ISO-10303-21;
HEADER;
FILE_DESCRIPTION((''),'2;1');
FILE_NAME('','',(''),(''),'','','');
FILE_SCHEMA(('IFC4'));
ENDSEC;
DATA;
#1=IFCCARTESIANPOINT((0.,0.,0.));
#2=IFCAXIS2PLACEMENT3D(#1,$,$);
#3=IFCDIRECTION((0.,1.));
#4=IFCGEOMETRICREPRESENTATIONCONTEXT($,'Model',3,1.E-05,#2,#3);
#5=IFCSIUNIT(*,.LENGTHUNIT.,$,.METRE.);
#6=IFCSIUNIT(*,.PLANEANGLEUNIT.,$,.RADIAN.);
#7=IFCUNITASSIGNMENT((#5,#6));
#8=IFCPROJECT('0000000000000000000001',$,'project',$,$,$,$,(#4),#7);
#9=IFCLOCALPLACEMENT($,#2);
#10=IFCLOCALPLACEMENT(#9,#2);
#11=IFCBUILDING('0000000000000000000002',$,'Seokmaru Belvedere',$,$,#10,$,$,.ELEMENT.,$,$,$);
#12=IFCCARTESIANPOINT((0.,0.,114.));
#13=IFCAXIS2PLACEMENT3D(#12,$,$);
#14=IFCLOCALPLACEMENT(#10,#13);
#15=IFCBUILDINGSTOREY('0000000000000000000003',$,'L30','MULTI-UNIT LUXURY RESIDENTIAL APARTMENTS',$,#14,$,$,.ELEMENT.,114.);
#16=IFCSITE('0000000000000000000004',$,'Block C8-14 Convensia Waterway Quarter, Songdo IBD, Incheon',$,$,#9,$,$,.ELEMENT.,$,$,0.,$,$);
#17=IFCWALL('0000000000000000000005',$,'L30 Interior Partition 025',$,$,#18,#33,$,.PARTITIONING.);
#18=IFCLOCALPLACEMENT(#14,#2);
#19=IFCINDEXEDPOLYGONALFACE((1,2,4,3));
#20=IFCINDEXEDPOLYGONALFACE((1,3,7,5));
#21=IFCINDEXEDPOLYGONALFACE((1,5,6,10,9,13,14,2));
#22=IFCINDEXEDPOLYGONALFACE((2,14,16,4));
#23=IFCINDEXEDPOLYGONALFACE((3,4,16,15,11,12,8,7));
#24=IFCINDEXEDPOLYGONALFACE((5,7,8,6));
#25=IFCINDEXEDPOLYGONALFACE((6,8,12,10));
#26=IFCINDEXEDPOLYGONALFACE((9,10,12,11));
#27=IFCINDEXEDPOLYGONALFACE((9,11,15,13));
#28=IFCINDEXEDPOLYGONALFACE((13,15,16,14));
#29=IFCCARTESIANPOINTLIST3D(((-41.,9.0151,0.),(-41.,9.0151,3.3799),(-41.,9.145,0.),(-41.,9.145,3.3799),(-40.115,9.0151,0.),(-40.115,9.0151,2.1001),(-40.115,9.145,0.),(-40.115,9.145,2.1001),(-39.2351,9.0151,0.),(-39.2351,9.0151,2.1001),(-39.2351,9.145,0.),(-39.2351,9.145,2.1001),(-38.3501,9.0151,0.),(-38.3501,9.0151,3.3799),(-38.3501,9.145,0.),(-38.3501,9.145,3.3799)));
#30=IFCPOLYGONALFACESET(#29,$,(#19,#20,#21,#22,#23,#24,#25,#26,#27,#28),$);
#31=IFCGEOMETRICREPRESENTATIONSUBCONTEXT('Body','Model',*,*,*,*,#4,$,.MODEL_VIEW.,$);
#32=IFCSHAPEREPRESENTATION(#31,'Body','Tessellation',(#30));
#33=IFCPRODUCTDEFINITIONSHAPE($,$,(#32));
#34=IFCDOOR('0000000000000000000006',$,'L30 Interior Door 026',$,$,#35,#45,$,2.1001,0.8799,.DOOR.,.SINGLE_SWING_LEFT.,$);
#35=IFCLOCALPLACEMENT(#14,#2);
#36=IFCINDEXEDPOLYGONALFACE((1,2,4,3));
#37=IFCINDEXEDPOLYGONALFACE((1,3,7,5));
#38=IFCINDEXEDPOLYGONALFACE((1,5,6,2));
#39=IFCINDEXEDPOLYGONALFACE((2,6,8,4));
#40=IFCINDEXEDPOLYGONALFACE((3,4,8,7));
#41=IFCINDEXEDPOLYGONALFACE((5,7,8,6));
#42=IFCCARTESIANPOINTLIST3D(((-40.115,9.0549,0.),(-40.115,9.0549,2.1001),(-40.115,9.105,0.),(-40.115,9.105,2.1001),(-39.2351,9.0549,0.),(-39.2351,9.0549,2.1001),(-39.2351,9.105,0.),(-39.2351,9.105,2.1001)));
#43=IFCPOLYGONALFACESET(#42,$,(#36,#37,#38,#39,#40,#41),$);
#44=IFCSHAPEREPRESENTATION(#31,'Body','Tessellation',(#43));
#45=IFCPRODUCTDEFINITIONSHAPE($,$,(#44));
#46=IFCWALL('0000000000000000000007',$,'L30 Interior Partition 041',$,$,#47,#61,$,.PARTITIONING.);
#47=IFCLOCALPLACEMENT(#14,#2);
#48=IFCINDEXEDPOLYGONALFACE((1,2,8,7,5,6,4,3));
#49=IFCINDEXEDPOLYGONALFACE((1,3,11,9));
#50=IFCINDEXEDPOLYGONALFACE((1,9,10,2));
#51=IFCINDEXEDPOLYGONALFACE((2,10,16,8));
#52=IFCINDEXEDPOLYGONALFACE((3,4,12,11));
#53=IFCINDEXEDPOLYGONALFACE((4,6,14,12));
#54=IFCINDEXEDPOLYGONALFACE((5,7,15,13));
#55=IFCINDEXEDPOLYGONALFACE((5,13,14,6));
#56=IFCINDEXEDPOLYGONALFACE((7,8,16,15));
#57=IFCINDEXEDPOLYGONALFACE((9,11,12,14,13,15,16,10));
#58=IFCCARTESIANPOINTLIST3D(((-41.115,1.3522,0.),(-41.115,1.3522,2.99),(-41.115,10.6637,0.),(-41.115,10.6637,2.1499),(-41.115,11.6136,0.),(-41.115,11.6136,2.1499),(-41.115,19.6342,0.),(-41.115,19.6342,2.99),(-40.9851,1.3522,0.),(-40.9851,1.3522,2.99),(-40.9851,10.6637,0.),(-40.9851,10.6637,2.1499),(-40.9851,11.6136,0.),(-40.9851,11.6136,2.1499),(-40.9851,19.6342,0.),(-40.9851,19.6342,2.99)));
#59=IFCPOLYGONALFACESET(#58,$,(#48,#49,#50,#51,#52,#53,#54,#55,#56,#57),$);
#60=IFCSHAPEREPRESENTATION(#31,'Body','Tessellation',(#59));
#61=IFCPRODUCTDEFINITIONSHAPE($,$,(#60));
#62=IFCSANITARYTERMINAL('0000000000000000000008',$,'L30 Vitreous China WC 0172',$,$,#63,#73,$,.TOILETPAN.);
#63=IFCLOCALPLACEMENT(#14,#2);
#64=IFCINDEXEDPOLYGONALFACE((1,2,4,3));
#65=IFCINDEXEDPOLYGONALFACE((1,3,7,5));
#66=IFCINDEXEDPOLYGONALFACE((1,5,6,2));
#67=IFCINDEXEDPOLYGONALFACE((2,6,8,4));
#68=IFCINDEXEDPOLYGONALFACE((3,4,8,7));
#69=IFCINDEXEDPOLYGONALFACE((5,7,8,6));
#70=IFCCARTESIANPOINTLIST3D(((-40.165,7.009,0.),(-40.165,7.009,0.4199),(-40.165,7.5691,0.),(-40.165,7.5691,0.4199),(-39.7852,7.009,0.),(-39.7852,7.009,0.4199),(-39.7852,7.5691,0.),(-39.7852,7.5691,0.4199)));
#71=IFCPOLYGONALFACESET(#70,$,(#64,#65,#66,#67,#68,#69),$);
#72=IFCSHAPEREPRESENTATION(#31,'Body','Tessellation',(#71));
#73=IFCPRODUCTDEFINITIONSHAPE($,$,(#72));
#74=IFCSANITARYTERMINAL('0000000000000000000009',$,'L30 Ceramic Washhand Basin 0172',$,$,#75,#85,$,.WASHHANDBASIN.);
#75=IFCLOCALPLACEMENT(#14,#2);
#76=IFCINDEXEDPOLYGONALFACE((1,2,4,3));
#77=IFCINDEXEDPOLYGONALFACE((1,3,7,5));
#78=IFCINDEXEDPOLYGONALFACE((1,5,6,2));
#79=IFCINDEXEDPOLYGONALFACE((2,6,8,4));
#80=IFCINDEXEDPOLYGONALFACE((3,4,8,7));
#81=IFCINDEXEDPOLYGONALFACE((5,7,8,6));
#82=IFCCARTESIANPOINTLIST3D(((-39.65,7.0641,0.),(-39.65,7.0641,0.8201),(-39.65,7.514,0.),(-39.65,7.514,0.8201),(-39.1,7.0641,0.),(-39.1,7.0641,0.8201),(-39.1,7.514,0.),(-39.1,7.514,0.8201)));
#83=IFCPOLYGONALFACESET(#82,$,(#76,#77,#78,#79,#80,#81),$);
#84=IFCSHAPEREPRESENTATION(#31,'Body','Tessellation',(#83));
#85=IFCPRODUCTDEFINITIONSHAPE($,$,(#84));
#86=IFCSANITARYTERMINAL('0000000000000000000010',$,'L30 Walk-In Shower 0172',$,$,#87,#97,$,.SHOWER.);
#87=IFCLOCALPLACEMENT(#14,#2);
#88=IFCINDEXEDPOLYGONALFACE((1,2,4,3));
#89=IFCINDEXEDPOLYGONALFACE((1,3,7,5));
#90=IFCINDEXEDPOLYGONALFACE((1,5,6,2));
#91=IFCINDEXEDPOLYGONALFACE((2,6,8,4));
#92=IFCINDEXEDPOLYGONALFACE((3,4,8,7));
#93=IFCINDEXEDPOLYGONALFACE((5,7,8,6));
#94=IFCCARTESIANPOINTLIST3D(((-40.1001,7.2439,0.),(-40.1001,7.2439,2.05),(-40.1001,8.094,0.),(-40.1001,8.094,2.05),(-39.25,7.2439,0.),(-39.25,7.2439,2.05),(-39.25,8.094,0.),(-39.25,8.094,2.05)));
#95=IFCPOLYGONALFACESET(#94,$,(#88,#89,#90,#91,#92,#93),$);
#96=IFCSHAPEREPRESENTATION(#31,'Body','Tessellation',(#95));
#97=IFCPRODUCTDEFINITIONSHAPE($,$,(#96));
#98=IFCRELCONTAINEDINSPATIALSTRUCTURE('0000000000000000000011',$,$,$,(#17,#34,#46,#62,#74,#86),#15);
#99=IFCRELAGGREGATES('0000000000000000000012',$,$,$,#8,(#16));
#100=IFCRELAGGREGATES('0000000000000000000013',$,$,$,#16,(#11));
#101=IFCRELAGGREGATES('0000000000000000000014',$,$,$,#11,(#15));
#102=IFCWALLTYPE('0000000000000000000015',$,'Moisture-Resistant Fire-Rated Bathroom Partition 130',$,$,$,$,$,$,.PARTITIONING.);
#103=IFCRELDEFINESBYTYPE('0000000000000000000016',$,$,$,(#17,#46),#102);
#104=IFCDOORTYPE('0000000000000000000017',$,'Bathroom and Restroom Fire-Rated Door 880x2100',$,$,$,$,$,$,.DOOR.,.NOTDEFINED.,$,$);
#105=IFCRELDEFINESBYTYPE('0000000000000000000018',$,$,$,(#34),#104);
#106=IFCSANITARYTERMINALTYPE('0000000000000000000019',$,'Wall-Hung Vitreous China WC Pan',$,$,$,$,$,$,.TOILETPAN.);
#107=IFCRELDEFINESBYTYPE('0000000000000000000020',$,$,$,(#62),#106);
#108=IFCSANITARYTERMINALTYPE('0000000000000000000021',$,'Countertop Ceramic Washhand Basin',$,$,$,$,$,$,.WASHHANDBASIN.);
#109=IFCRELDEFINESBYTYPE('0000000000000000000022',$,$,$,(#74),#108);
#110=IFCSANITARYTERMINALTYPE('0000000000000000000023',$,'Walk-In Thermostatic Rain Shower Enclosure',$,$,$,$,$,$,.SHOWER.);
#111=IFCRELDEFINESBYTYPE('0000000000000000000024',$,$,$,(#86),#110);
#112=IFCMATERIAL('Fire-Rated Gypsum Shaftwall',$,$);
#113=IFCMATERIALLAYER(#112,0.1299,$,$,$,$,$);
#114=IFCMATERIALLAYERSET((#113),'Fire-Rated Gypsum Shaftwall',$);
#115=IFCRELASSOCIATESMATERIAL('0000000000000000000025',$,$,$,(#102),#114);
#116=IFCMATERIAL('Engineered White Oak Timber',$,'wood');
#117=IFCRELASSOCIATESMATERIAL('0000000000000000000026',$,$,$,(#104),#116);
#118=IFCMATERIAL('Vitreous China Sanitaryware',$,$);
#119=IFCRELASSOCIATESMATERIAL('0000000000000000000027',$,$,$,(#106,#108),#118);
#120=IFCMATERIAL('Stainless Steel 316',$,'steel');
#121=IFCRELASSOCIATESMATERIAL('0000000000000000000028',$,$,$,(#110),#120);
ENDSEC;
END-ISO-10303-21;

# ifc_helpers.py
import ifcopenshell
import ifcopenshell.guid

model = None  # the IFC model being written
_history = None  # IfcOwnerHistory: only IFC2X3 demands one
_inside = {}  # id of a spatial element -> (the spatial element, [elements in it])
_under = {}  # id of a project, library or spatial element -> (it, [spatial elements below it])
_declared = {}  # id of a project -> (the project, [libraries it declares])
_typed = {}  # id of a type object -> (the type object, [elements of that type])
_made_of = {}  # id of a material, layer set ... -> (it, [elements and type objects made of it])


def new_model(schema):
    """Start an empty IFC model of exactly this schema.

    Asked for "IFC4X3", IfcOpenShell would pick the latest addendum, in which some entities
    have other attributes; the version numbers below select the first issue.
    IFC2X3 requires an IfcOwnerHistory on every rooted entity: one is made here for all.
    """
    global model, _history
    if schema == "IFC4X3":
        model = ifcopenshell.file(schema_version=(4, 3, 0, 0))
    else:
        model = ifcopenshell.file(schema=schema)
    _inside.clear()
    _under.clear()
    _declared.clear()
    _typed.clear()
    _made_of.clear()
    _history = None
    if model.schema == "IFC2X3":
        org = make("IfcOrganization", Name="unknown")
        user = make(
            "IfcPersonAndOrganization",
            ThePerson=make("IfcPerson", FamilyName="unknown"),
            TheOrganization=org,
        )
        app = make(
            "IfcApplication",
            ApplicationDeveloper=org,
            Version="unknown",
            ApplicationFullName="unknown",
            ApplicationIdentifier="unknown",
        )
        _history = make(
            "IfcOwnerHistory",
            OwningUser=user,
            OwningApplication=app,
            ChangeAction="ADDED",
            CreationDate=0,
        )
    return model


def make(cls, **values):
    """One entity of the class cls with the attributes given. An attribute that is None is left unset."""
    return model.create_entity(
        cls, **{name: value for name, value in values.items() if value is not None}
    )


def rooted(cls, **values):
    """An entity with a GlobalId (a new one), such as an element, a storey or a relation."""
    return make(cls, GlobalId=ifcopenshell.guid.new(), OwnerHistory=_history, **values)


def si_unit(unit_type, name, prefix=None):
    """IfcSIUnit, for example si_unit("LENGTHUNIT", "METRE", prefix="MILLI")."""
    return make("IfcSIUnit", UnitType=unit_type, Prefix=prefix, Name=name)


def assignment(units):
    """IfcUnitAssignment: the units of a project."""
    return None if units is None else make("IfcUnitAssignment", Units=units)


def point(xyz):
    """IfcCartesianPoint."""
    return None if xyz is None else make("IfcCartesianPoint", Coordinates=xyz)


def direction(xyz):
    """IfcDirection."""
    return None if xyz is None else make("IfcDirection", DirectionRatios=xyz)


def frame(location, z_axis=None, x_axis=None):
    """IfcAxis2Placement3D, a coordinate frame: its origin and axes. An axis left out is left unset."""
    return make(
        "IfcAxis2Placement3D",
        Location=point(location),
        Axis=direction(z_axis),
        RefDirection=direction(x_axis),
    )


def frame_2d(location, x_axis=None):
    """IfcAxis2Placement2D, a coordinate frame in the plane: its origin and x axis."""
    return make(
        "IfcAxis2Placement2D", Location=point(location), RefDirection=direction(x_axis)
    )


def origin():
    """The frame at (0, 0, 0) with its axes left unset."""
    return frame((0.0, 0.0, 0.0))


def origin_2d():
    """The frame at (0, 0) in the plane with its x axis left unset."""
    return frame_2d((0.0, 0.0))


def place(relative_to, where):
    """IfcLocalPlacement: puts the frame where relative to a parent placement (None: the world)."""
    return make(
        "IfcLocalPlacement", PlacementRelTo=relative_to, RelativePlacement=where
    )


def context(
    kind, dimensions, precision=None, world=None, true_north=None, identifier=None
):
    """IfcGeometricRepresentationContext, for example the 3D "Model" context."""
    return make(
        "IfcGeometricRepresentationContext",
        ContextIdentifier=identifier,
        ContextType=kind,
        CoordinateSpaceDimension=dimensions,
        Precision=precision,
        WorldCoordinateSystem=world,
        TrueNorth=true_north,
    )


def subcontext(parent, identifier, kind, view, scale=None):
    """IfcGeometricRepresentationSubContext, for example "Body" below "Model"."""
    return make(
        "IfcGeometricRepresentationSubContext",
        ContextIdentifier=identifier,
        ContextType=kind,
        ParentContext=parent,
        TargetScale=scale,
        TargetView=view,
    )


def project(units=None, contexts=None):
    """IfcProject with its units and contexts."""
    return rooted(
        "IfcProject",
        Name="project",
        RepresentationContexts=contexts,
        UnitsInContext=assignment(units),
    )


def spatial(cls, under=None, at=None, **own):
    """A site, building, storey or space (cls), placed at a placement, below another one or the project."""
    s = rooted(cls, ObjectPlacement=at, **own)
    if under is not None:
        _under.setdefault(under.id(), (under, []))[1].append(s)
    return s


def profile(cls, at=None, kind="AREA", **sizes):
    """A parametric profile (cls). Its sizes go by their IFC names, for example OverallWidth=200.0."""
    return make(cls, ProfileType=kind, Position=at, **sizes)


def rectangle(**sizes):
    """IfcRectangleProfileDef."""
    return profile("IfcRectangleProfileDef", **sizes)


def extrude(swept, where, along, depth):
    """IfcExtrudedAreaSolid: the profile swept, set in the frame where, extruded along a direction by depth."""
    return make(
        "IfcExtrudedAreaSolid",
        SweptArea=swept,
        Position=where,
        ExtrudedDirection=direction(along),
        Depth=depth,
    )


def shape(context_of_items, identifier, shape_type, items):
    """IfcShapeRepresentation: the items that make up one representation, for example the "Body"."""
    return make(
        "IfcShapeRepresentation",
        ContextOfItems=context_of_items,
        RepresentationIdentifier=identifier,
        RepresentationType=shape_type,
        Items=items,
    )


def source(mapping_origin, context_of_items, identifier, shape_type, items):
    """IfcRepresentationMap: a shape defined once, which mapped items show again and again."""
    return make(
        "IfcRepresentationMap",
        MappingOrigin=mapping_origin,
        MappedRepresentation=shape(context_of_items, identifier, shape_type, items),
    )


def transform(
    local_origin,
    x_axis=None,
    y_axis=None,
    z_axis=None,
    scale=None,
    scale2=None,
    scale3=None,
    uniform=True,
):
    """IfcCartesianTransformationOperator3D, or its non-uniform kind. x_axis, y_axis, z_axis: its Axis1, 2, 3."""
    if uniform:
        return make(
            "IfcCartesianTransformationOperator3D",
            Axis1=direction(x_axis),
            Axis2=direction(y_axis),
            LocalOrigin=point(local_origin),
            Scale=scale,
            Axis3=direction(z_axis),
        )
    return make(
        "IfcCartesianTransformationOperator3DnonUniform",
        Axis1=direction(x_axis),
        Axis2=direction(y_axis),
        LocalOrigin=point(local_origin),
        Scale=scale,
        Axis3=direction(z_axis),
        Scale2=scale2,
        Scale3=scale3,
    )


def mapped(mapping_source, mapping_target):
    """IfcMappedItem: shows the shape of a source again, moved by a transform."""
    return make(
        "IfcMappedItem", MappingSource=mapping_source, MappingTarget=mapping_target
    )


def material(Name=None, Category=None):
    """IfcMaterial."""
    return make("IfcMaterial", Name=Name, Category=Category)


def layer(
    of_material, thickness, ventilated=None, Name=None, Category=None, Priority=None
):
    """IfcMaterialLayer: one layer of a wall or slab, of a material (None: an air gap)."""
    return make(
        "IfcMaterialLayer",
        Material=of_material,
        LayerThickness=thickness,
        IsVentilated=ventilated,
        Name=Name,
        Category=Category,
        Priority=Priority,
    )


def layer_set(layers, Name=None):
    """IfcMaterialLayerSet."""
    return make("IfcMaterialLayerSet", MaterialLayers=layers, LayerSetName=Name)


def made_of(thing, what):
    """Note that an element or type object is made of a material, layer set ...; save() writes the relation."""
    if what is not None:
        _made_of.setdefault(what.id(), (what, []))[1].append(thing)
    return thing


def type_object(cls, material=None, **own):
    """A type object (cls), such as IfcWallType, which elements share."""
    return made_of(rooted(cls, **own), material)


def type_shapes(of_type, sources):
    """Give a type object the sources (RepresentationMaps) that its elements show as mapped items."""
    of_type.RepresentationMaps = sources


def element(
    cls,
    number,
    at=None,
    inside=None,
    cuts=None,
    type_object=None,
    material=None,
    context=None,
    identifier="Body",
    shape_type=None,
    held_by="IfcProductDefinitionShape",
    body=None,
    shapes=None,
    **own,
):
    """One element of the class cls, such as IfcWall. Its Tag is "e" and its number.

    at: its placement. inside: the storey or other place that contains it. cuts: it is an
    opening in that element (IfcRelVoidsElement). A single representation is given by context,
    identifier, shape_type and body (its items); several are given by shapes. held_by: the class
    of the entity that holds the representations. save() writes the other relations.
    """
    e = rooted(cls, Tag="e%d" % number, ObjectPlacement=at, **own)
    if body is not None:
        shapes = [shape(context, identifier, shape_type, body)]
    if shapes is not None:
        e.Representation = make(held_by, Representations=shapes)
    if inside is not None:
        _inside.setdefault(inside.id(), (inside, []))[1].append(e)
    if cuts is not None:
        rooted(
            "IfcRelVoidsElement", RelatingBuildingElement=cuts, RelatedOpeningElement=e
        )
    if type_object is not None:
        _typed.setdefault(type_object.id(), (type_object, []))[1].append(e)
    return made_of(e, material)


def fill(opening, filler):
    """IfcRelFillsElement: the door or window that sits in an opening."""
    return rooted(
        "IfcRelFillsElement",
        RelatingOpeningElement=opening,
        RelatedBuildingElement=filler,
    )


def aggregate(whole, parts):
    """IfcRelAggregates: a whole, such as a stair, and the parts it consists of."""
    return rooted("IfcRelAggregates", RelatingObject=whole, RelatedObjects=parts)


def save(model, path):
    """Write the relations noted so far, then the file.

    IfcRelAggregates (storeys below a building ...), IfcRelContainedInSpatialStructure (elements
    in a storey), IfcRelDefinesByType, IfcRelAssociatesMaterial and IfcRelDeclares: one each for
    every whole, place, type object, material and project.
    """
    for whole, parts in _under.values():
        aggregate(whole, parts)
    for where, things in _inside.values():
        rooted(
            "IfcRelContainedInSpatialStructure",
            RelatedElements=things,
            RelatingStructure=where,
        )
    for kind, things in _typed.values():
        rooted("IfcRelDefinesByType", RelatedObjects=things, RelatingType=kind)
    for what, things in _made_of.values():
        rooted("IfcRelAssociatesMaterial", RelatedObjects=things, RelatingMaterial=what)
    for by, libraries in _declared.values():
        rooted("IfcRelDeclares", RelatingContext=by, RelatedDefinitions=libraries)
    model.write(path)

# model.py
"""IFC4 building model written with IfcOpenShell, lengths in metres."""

from ifc_helpers import new_model, si_unit, direction, frame, frame_2d, origin, origin_2d, place, context, subcontext, project, spatial, rectangle, extrude, source, transform, mapped, material, layer, layer_set, type_object, type_shapes, element, fill, save


model = new_model("IFC4")

# Units and contexts
model_context = context("Model", 3, precision=1e-05, world=origin(), true_north=direction((0.0, 1.0)))
body_context = subcontext(model_context, "Body", "Model", "MODEL_VIEW")
ifc_project = project(units=[si_unit("LENGTHUNIT", "METRE"), si_unit("PLANEANGLEUNIT", "RADIAN")], contexts=[model_context])

# Site, building, storey
site_placement = place(None, origin())
site = spatial("IfcSite", under=ifc_project, at=site_placement, Name="Block C8-14 Convensia Waterway Quarter, Songdo IBD, Incheon", CompositionType="ELEMENT", RefElevation=0.0)
building_placement = place(site_placement, origin())
building = spatial("IfcBuilding", under=site, at=building_placement, Name="Seokmaru Belvedere", CompositionType="ELEMENT")
storey_placement = place(building_placement, frame((0.0, 0.0, 114.0)))
storey = spatial("IfcBuildingStorey", under=building, at=storey_placement, Name="L30", Description="MULTI-UNIT LUXURY RESIDENTIAL APARTMENTS", CompositionType="ELEMENT", Elevation=114.0)

# Shared definitions
ifc_material_1 = material(Name="Fire-Rated Gypsum Shaftwall")
ifc_material_2 = material(Name="Engineered White Oak Timber", Category="wood")

# Wall, opening, door
ifc_layer_1 = layer(ifc_material_1, 0.1299)
ifc_layer_set_1 = layer_set([ifc_layer_1], Name="Fire-Rated Gypsum Shaftwall")
wall_type_1 = type_object("IfcWallType", Name="Moisture-Resistant Fire-Rated Bathroom Partition 130", PredefinedType="PARTITIONING", material=ifc_layer_set_1)
wall_1_placement = place(storey_placement, frame((-41.0, 9.0801, 0.0), z_axis=(0.0, 0.0, 1.0), x_axis=(1.0, 0.0, 0.0)))
wall_1 = element("IfcWall", 1, at=wall_1_placement, inside=storey, type_object=wall_type_1, Name="L30 Interior Partition 025", PredefinedType="PARTITIONING", context=body_context, shape_type="SweptSolid", body=[
    extrude(rectangle(XDim=2.6499, YDim=0.1299, at=frame_2d((1.325, 0.0))), origin(), (0.0, 0.0, 1.0), 3.3799),
])
opening_1_placement = place(wall_1_placement, frame((0.885, 0.0, 0.0)))
opening_1 = element("IfcOpeningElement", 2, at=opening_1_placement, cuts=wall_1, PredefinedType="OPENING", context=body_context, shape_type="SweptSolid", body=[
    extrude(rectangle(XDim=0.8799, YDim=2.1001, at=frame_2d((0.4399, 1.05))), frame((0.0, 0.075, 0.0), z_axis=(0.0, -1.0, 0.0), x_axis=(1.0, 0.0, 0.0)), (0.0, 0.0, 1.0), 0.1499),
])
door_type_1 = type_object("IfcDoorType", Name="Bathroom and Restroom Fire-Rated Door 880x2100", OperationType="NOTDEFINED", PredefinedType="DOOR", material=ifc_material_2)
shared_shape_1 = source(origin(), body_context, "Body", "SweptSolid", [
    extrude(rectangle(XDim=0.8799, YDim=2.1001, at=frame_2d((0.4399, 1.05))), frame((0.0, 0.0249, 0.0), z_axis=(0.0, -1.0, 0.0), x_axis=(1.0, 0.0, 0.0)), (0.0, 0.0, 1.0), 0.05),
])
type_shapes(door_type_1, [shared_shape_1])
door_1_placement = place(opening_1_placement, origin())
door_1 = element("IfcDoor", 3, at=door_1_placement, inside=storey, type_object=door_type_1, Name="L30 Interior Door 026", OperationType="SINGLE_SWING_LEFT", OverallHeight=2.1001, OverallWidth=0.8799, PredefinedType="DOOR", context=body_context, shape_type="MappedRepresentation", body=[
    mapped(shared_shape_1, transform((0.0, 0.0, 0.0), scale=1.0)),
])
fill(opening_1, door_1)

# Wall, opening
wall_2_placement = place(storey_placement, frame((-41.05, 1.3521, 0.0), z_axis=(0.0, 0.0, 1.0), x_axis=(0.0, 1.0, 0.0)))
wall_2 = element("IfcWall", 4, at=wall_2_placement, inside=storey, type_object=wall_type_1, Name="L30 Interior Partition 041", PredefinedType="PARTITIONING", context=body_context, shape_type="SweptSolid", body=[
    extrude(rectangle(XDim=18.282, YDim=0.1299, at=frame_2d((9.1411, 0.0))), origin(), (0.0, 0.0, 1.0), 2.99),
])
opening_2_placement = place(wall_2_placement, frame((9.3115, 0.0, 0.0)))
element("IfcOpeningElement", 5, at=opening_2_placement, cuts=wall_2, PredefinedType="OPENING", context=body_context, shape_type="SweptSolid", body=[
    extrude(rectangle(XDim=0.95, YDim=2.1499, at=frame_2d((0.4751, 1.075))), frame((0.0, 0.075, 0.0), z_axis=(0.0, -1.0, 0.0), x_axis=(1.0, 0.0, 0.0)), (0.0, 0.0, 1.0), 0.1499),
])

# Sanitary terminals
ifc_material_3 = material(Name="Vitreous China Sanitaryware")
sanitary_terminal_type_1 = type_object("IfcSanitaryTerminalType", Name="Wall-Hung Vitreous China WC Pan", PredefinedType="TOILETPAN", material=ifc_material_3)
shared_shape_2 = source(origin(), body_context, "Body", "SweptSolid", [
    extrude(rectangle(XDim=0.3799, YDim=0.5601, at=origin_2d()), origin(), (0.0, 0.0, 1.0), 0.4199),
])
type_shapes(sanitary_terminal_type_1, [shared_shape_2])
sanitary_terminal_1_placement = place(storey_placement, frame((-39.9751, 7.2891, 0.0), z_axis=(0.0, 0.0, 1.0), x_axis=(1.0, 0.0, 0.0)))
element("IfcSanitaryTerminal", 6, at=sanitary_terminal_1_placement, inside=storey, type_object=sanitary_terminal_type_1, Name="L30 Vitreous China WC 0172", PredefinedType="TOILETPAN", context=body_context, shape_type="MappedRepresentation", body=[
    mapped(shared_shape_2, transform((0.0, 0.0, 0.0), scale=1.0)),
])
sanitary_terminal_type_2 = type_object("IfcSanitaryTerminalType", Name="Countertop Ceramic Washhand Basin", PredefinedType="WASHHANDBASIN", material=ifc_material_3)
shared_shape_3 = source(origin(), body_context, "Body", "SweptSolid", [
    extrude(rectangle(XDim=0.55, YDim=0.45, at=origin_2d()), origin(), (0.0, 0.0, 1.0), 0.8201),
])
type_shapes(sanitary_terminal_type_2, [shared_shape_3])
sanitary_terminal_2_placement = place(storey_placement, frame((-39.375, 7.2891, 0.0), z_axis=(0.0, 0.0, 1.0), x_axis=(1.0, 0.0, 0.0)))
element("IfcSanitaryTerminal", 7, at=sanitary_terminal_2_placement, inside=storey, type_object=sanitary_terminal_type_2, Name="L30 Ceramic Washhand Basin 0172", PredefinedType="WASHHANDBASIN", context=body_context, shape_type="MappedRepresentation", body=[
    mapped(shared_shape_3, transform((0.0, 0.0, 0.0), scale=1.0)),
])
ifc_material_4 = material(Name="Stainless Steel 316", Category="steel")
sanitary_terminal_type_3 = type_object("IfcSanitaryTerminalType", Name="Walk-In Thermostatic Rain Shower Enclosure", PredefinedType="SHOWER", material=ifc_material_4)
shared_shape_4 = source(origin(), body_context, "Body", "SweptSolid", [
    extrude(rectangle(XDim=0.8501, YDim=0.8501, at=origin_2d()), origin(), (0.0, 0.0, 1.0), 2.05),
])
type_shapes(sanitary_terminal_type_3, [shared_shape_4])
sanitary_terminal_3_placement = place(storey_placement, frame((-39.675, 7.6689, 0.0), z_axis=(0.0, 0.0, 1.0), x_axis=(1.0, 0.0, 0.0)))
element("IfcSanitaryTerminal", 8, at=sanitary_terminal_3_placement, inside=storey, type_object=sanitary_terminal_type_3, Name="L30 Walk-In Shower 0172", PredefinedType="SHOWER", context=body_context, shape_type="MappedRepresentation", body=[
    mapped(shared_shape_4, transform((0.0, 0.0, 0.0), scale=1.0)),
])

save(model, "model.ifc")
